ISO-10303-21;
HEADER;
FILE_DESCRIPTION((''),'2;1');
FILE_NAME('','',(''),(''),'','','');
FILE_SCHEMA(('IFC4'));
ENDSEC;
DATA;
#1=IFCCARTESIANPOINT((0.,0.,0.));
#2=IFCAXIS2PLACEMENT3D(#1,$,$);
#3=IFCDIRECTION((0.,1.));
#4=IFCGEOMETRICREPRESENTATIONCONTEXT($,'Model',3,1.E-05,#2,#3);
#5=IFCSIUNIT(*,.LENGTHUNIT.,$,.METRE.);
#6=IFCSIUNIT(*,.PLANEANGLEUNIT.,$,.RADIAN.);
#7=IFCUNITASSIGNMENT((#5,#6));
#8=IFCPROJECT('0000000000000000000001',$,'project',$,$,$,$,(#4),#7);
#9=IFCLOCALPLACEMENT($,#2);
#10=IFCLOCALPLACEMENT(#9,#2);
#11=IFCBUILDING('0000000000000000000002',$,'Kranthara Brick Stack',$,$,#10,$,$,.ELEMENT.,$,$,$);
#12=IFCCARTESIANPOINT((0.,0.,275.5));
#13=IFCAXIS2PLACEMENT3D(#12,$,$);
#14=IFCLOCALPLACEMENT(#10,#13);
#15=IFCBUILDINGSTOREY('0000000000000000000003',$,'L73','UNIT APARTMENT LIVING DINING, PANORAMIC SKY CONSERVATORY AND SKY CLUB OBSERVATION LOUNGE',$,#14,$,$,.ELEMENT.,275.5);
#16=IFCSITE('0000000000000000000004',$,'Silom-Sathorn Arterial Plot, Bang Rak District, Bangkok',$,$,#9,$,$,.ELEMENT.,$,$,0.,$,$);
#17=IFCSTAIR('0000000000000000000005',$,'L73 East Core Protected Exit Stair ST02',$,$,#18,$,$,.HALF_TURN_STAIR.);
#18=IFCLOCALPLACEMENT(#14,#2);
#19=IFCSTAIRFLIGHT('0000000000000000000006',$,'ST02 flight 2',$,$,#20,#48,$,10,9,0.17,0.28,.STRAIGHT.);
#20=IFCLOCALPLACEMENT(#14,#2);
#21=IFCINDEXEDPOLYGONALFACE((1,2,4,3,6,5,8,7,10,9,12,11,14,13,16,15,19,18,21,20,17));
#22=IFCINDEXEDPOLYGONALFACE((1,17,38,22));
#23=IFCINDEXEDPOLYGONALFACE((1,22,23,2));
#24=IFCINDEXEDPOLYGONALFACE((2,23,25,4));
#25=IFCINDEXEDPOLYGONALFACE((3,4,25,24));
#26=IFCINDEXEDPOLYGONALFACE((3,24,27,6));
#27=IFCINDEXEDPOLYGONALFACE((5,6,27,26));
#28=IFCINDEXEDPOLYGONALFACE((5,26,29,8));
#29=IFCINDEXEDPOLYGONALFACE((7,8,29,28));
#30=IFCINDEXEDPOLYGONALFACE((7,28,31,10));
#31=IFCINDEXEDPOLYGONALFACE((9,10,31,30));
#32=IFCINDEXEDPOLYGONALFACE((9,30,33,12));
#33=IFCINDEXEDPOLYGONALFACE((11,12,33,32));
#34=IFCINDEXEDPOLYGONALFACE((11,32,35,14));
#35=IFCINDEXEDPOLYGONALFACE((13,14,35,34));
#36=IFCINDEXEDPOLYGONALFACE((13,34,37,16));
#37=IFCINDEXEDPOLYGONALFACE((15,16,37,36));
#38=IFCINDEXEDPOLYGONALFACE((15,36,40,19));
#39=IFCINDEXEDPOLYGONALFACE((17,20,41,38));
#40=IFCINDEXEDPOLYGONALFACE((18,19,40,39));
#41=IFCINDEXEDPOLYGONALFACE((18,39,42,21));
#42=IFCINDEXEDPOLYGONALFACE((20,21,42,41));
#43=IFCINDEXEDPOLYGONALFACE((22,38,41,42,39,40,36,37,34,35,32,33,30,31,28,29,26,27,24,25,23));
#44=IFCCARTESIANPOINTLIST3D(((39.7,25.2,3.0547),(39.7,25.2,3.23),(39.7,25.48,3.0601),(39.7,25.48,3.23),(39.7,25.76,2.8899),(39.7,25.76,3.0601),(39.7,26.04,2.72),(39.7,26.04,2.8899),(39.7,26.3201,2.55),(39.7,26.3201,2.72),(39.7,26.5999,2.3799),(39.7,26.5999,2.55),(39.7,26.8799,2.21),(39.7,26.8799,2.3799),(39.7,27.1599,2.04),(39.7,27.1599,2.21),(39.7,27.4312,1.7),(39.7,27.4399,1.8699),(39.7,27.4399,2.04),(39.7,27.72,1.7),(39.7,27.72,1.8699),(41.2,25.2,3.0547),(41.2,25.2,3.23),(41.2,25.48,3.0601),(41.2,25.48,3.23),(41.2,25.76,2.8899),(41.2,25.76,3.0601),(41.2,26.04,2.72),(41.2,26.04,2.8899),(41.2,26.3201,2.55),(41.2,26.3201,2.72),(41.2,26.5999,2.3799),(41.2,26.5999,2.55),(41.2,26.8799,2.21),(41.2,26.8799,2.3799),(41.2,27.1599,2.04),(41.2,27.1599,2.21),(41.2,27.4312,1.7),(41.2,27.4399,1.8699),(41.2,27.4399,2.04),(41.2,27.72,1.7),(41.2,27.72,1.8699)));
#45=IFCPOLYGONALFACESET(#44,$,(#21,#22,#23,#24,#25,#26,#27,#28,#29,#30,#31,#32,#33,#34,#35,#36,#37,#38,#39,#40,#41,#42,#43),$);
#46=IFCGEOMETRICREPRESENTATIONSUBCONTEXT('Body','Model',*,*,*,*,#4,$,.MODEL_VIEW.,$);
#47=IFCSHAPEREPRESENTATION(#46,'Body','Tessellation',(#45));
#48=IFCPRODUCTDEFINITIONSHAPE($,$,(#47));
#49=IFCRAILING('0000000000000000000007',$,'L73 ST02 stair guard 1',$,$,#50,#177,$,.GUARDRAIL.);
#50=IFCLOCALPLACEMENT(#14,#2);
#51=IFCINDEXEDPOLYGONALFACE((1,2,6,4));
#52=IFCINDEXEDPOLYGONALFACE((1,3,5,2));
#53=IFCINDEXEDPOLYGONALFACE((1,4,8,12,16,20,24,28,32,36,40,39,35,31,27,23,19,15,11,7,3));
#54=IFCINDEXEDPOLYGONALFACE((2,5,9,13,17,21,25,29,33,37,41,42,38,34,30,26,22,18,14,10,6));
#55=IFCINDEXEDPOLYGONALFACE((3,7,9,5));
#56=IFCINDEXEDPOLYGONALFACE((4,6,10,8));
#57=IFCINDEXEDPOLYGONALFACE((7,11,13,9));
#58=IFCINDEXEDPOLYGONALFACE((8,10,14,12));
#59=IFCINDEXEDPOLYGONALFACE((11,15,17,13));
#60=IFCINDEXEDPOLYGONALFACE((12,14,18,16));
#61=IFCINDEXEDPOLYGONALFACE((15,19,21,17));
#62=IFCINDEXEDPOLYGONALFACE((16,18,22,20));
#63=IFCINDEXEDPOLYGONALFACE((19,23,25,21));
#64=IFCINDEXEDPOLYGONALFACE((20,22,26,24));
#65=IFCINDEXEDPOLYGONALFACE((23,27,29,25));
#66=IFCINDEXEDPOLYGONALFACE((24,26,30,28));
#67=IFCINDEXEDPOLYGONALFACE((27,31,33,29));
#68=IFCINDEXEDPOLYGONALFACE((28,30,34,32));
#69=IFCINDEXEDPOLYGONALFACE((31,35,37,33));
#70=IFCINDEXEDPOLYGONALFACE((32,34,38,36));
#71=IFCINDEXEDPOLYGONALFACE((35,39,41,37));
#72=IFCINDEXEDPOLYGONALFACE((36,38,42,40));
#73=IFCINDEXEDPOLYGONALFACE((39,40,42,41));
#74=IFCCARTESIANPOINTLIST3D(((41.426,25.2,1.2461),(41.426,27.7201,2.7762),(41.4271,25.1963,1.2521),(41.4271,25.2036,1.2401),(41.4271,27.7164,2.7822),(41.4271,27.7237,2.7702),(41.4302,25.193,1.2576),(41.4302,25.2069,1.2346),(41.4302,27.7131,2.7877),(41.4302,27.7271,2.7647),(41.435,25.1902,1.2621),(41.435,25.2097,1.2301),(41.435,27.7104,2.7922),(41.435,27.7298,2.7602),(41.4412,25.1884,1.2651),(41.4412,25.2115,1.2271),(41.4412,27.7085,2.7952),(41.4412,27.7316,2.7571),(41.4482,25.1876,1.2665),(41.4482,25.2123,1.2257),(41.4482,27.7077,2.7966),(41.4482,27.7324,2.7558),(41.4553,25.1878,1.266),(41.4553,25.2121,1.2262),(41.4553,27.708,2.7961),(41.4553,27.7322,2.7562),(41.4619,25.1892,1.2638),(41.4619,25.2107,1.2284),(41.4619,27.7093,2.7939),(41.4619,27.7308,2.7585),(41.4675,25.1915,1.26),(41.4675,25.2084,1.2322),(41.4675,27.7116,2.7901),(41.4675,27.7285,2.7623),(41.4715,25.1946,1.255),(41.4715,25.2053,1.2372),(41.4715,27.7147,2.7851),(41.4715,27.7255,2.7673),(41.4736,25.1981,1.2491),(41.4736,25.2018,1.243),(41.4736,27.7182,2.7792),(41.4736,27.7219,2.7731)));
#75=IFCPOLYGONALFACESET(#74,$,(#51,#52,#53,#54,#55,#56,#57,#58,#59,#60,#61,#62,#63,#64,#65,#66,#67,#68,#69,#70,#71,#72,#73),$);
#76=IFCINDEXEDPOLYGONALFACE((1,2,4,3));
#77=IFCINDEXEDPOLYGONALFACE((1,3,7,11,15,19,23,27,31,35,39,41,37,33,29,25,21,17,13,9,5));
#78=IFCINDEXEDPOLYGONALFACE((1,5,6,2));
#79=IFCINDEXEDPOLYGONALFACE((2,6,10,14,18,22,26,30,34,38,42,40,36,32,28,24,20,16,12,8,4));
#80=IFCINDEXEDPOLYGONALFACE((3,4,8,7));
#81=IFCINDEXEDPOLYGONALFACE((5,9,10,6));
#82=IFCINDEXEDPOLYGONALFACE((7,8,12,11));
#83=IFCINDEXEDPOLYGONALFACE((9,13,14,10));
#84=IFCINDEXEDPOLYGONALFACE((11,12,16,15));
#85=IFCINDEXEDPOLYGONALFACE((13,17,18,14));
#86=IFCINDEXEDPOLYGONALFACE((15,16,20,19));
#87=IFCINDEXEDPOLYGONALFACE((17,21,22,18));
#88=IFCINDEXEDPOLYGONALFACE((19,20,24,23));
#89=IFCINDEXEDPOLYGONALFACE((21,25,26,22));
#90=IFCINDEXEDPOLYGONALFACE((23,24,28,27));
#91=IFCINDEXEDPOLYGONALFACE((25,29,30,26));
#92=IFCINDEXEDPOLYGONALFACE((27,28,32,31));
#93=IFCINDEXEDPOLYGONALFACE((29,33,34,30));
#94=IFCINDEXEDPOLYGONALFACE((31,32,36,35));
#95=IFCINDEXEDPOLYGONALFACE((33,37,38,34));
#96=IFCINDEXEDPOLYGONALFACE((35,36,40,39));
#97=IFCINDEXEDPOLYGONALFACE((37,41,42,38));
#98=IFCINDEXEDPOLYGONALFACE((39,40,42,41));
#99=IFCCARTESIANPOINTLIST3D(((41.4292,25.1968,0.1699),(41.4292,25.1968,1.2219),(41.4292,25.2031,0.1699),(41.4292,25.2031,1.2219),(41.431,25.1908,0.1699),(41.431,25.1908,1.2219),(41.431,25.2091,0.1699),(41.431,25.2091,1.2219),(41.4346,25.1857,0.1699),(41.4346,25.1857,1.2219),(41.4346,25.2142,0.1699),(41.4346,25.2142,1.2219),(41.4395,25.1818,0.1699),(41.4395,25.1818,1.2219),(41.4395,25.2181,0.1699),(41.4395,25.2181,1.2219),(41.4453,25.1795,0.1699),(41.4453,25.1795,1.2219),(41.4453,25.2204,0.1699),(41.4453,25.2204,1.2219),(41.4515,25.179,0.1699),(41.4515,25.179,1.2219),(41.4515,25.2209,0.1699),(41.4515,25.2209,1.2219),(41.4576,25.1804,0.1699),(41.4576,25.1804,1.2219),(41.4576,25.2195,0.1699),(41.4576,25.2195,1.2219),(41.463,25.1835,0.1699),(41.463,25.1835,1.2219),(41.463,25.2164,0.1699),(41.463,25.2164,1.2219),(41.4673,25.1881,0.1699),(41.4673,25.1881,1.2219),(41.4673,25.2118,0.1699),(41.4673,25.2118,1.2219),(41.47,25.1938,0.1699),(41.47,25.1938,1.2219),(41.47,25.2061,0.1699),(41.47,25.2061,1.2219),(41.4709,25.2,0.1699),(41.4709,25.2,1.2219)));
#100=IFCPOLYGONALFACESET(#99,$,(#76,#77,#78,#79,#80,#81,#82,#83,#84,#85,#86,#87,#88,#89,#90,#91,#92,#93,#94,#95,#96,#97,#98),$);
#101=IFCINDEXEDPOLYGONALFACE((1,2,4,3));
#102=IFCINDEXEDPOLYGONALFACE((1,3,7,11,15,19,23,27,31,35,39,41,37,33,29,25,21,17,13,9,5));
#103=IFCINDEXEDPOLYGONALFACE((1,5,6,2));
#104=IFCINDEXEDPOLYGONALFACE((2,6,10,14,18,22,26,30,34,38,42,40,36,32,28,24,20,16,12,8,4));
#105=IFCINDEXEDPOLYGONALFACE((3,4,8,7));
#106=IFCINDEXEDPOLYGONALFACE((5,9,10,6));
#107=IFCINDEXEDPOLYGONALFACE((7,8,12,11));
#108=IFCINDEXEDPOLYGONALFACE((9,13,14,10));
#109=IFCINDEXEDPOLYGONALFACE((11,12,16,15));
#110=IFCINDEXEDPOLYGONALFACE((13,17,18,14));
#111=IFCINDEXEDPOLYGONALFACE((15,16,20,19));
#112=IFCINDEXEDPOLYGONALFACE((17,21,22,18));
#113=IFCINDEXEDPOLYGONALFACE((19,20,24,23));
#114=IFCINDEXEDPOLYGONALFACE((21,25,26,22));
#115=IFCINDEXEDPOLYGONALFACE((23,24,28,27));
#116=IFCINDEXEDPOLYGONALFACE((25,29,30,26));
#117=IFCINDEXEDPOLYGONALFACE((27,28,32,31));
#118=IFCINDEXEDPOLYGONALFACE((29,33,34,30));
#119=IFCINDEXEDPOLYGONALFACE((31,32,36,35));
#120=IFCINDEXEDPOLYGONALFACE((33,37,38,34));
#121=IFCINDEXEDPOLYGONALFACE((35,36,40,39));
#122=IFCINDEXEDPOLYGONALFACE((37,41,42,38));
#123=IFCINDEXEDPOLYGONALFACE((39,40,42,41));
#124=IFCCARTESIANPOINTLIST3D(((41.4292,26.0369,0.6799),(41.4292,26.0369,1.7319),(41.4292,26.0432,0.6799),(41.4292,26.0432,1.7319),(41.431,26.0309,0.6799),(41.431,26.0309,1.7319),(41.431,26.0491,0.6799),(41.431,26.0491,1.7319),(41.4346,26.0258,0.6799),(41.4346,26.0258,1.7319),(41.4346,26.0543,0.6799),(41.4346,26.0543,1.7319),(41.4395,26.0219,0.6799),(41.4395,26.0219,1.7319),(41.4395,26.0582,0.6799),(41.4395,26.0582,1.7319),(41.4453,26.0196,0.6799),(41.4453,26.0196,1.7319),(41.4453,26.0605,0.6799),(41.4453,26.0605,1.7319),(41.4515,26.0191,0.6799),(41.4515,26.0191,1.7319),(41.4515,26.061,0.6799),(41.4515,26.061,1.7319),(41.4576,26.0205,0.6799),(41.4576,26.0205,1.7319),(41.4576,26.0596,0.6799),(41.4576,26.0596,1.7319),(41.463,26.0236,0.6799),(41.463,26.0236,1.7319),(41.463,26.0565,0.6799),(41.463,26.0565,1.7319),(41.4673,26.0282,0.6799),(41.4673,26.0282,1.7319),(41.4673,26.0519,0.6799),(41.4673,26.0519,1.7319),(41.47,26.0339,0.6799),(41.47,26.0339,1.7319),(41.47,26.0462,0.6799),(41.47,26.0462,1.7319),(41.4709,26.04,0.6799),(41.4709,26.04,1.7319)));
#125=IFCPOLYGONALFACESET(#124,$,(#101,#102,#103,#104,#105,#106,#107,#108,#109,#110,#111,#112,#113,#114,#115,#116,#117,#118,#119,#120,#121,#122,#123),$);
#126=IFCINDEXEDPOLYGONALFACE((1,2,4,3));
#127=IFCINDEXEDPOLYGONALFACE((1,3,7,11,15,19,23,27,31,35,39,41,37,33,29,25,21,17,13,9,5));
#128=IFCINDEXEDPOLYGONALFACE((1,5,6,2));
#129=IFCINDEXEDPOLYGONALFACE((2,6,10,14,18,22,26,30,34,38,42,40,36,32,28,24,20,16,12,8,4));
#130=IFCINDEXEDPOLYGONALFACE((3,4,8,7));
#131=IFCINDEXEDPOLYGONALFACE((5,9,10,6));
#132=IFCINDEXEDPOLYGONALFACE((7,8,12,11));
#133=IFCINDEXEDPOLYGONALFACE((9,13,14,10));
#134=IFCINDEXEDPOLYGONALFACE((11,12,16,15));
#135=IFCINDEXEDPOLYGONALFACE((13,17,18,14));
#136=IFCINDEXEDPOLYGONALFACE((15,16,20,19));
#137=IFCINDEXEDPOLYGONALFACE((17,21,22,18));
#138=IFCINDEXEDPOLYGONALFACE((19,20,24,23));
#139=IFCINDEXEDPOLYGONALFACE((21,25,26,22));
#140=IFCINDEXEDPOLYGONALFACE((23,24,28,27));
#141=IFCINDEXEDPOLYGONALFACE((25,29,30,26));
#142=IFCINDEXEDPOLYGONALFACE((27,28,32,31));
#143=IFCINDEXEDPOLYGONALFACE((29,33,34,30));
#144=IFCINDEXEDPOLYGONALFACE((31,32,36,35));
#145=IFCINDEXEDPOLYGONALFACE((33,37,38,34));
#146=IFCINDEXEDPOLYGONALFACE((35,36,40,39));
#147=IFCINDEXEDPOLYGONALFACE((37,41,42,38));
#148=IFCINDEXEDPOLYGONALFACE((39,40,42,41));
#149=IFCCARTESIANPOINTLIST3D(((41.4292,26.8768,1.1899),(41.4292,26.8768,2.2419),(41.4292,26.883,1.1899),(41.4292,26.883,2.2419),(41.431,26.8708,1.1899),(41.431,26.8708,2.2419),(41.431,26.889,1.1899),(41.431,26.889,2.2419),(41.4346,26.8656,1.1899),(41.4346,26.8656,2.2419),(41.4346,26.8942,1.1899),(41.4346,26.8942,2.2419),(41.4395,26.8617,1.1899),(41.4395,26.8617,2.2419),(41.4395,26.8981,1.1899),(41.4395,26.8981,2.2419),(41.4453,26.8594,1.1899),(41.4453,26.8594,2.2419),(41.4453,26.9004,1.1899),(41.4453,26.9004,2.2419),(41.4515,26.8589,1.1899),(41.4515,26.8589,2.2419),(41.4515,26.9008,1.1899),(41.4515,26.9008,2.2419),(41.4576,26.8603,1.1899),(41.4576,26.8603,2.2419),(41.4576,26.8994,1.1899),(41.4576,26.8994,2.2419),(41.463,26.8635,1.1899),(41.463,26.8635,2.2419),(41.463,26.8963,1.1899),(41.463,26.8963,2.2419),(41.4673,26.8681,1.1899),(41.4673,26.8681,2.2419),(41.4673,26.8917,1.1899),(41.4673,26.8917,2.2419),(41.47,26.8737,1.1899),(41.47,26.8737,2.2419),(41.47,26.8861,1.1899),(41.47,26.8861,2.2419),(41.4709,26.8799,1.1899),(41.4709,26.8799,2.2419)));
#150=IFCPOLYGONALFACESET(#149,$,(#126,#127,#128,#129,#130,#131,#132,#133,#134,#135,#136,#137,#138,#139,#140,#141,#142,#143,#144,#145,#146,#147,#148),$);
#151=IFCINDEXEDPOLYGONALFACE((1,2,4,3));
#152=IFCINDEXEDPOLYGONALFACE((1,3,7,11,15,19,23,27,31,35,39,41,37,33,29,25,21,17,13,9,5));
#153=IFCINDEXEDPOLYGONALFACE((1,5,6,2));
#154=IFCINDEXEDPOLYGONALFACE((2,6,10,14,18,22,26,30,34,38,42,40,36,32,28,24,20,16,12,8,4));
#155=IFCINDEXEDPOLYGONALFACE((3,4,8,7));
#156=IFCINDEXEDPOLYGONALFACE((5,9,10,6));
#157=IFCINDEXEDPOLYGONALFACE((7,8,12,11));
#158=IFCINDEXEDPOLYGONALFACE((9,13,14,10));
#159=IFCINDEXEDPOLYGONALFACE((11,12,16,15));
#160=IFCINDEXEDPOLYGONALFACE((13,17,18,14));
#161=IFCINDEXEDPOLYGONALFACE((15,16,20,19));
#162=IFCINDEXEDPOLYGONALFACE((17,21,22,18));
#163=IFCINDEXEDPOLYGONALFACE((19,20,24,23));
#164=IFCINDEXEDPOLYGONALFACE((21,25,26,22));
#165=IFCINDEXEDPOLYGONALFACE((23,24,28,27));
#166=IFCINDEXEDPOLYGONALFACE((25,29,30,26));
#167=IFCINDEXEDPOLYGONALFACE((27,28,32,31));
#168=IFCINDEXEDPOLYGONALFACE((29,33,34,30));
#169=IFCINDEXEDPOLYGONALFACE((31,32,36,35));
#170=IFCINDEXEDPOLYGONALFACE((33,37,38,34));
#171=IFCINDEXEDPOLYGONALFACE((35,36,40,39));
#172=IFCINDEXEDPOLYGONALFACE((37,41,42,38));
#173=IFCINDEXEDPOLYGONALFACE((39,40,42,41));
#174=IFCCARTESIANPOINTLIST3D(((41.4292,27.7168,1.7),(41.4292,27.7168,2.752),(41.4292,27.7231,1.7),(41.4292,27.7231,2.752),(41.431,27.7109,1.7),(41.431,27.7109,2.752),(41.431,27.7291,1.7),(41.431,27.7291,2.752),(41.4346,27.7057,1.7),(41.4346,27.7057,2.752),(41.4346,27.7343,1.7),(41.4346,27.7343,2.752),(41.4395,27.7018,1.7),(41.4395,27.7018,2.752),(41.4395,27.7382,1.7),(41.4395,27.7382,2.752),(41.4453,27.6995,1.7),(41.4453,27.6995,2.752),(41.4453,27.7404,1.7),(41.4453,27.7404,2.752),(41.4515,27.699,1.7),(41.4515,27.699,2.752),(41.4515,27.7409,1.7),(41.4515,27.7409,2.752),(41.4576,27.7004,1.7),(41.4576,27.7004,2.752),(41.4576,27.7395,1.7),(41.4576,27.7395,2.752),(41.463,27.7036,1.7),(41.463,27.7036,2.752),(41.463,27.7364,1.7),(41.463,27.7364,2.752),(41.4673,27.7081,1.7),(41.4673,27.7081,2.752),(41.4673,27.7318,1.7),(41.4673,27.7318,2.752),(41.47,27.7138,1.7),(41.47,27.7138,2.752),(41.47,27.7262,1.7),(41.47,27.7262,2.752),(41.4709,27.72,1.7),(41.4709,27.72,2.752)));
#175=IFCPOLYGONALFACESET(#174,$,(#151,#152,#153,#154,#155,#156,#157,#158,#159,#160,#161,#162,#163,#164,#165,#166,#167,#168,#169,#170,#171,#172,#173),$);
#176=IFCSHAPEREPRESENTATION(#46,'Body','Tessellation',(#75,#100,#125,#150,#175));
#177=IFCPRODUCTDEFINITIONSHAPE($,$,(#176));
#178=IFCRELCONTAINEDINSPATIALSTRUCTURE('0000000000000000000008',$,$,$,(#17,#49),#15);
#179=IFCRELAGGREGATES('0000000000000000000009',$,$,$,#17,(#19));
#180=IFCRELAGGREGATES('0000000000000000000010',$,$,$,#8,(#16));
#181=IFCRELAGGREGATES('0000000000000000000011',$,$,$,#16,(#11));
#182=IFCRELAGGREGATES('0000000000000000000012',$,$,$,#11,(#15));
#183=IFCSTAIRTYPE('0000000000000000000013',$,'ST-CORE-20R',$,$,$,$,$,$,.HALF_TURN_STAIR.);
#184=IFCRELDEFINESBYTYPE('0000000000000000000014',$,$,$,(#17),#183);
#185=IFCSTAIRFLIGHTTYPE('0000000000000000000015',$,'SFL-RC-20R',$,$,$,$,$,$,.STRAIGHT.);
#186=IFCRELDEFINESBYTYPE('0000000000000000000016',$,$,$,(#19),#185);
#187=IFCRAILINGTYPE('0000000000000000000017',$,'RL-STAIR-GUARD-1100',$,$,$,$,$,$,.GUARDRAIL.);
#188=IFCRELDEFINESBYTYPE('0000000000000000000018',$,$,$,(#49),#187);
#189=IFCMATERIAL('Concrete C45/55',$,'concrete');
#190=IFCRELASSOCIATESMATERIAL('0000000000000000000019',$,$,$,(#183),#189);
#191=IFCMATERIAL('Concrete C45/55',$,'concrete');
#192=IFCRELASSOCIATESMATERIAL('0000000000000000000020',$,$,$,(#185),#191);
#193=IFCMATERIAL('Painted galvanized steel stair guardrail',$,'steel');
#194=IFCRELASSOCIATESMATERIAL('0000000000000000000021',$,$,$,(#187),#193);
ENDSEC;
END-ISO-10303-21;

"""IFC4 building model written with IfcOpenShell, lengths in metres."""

from ifc_helpers import new_model, si_unit, direction, frame, origin, origin_2d, place, context, subcontext, project, spatial, polyline, circle, outline, extrude, material, type_object, element, aggregate, save


model = new_model("IFC4")

# Units and contexts
model_context = context("Model", 3, precision=1e-05, world=origin(), true_north=direction((0.0, 1.0)))
body_context = subcontext(model_context, "Body", "Model", "MODEL_VIEW")
ifc_project = project(units=[si_unit("LENGTHUNIT", "METRE"), si_unit("PLANEANGLEUNIT", "RADIAN")], contexts=[model_context])

# Site, building, storey
site_placement = place(None, origin())
site = spatial("IfcSite", under=ifc_project, at=site_placement, Name="Silom-Sathorn Arterial Plot, Bang Rak District, Bangkok", CompositionType="ELEMENT", RefElevation=0.0)
building_placement = place(site_placement, origin())
building = spatial("IfcBuilding", under=site, at=building_placement, Name="Kranthara Brick Stack", CompositionType="ELEMENT")
storey_placement = place(building_placement, frame((0.0, 0.0, 275.5)))
storey = spatial("IfcBuildingStorey", under=building, at=storey_placement, Name="L73", Description="UNIT APARTMENT LIVING DINING, PANORAMIC SKY CONSERVATORY AND SKY CLUB OBSERVATION LOUNGE", CompositionType="ELEMENT", Elevation=275.5)

# Stair, stair flight
ifc_material_1 = material(Name="Concrete C45/55", Category="concrete")
stair_type = type_object("IfcStairType", Name="ST-CORE-20R", PredefinedType="HALF_TURN_STAIR", material=ifc_material_1)
stair_placement = place(storey_placement, origin())
stair = element("IfcStair", 1, at=stair_placement, inside=storey, type_object=stair_type, Name="L73 East Core Protected Exit Stair ST02", PredefinedType="HALF_TURN_STAIR")
ifc_material_2 = material(Name="Concrete C45/55", Category="concrete")
stair_flight_type = type_object("IfcStairFlightType", Name="SFL-RC-20R", PredefinedType="STRAIGHT", material=ifc_material_2)
stair_flight_1_placement = place(storey_placement, frame((40.45, 27.72, 1.7), z_axis=(0.0, 0.0, 1.0), x_axis=(0.0, -1.0, 0.0)))
stair_flight_1 = element("IfcStairFlight", 2, at=stair_flight_1_placement, type_object=stair_flight_type, Name="ST02 flight 2", NumberOfRisers=10, NumberOfTreads=9, PredefinedType="STRAIGHT", RiserHeight=0.17, TreadLength=0.28, context=body_context, shape_type="SweptSolid", body=[
    extrude(outline(polyline([(0.0, 0.0), (0.0, 0.1699), (0.28, 0.1699), (0.28, 0.3401), (0.5601, 0.3401), (0.5601, 0.51), (0.8401, 0.51), (0.8401, 0.6799), (1.1201, 0.6799), (1.1201, 0.8501), (1.3999, 0.8501), (1.3999, 1.02), (1.6799, 1.02), (1.6799, 1.1899), (1.96, 1.1899), (1.96, 1.3601), (2.24, 1.3601), (2.24, 1.53), (2.52, 1.53), (2.52, 1.7), (2.52, 1.3547), (0.2888, 0.0), (0.0, 0.0)])), frame((0.0, 0.75, 0.0), z_axis=(0.0, -1.0, 0.0), x_axis=(1.0, 0.0, 0.0)), (0.0, 0.0, 1.0), 1.5),
])
aggregate(stair, [stair_flight_1])

# Railing
ifc_material_3 = material(Name="Painted galvanized steel stair guardrail", Category="steel")
railing_type_1 = type_object("IfcRailingType", Name="RL-STAIR-GUARD-1100", PredefinedType="GUARDRAIL", material=ifc_material_3)
railing_1_placement = place(storey_placement, frame((41.45, 25.2, 0.1699)))
element("IfcRailing", 3, at=railing_1_placement, inside=storey, type_object=railing_type_1, Name="L73 ST02 stair guard 1", PredefinedType="GUARDRAIL", context=body_context, shape_type="SweptSolid", body=[
    extrude(circle(Radius=0.0239, at=origin_2d()), frame((0.0, 0.0, 1.0762), z_axis=(0.0, 0.854785, 0.518982), x_axis=(-1.0, 0.0, 0.0)), (0.0, 0.0, 1.0), 2.9482),
    extrude(circle(Radius=0.021, at=origin_2d()), origin(), (0.0, 0.0, 1.0), 1.052),
    extrude(circle(Radius=0.021, at=origin_2d()), frame((0.0, 0.8401, 0.51)), (0.0, 0.0, 1.0), 1.052),
    extrude(circle(Radius=0.021, at=origin_2d()), frame((0.0, 1.6799, 1.02)), (0.0, 0.0, 1.0), 1.052),
    extrude(circle(Radius=0.021, at=origin_2d()), frame((0.0, 2.52, 1.53)), (0.0, 0.0, 1.0), 1.052),
])

save(model, "model.ifc")
